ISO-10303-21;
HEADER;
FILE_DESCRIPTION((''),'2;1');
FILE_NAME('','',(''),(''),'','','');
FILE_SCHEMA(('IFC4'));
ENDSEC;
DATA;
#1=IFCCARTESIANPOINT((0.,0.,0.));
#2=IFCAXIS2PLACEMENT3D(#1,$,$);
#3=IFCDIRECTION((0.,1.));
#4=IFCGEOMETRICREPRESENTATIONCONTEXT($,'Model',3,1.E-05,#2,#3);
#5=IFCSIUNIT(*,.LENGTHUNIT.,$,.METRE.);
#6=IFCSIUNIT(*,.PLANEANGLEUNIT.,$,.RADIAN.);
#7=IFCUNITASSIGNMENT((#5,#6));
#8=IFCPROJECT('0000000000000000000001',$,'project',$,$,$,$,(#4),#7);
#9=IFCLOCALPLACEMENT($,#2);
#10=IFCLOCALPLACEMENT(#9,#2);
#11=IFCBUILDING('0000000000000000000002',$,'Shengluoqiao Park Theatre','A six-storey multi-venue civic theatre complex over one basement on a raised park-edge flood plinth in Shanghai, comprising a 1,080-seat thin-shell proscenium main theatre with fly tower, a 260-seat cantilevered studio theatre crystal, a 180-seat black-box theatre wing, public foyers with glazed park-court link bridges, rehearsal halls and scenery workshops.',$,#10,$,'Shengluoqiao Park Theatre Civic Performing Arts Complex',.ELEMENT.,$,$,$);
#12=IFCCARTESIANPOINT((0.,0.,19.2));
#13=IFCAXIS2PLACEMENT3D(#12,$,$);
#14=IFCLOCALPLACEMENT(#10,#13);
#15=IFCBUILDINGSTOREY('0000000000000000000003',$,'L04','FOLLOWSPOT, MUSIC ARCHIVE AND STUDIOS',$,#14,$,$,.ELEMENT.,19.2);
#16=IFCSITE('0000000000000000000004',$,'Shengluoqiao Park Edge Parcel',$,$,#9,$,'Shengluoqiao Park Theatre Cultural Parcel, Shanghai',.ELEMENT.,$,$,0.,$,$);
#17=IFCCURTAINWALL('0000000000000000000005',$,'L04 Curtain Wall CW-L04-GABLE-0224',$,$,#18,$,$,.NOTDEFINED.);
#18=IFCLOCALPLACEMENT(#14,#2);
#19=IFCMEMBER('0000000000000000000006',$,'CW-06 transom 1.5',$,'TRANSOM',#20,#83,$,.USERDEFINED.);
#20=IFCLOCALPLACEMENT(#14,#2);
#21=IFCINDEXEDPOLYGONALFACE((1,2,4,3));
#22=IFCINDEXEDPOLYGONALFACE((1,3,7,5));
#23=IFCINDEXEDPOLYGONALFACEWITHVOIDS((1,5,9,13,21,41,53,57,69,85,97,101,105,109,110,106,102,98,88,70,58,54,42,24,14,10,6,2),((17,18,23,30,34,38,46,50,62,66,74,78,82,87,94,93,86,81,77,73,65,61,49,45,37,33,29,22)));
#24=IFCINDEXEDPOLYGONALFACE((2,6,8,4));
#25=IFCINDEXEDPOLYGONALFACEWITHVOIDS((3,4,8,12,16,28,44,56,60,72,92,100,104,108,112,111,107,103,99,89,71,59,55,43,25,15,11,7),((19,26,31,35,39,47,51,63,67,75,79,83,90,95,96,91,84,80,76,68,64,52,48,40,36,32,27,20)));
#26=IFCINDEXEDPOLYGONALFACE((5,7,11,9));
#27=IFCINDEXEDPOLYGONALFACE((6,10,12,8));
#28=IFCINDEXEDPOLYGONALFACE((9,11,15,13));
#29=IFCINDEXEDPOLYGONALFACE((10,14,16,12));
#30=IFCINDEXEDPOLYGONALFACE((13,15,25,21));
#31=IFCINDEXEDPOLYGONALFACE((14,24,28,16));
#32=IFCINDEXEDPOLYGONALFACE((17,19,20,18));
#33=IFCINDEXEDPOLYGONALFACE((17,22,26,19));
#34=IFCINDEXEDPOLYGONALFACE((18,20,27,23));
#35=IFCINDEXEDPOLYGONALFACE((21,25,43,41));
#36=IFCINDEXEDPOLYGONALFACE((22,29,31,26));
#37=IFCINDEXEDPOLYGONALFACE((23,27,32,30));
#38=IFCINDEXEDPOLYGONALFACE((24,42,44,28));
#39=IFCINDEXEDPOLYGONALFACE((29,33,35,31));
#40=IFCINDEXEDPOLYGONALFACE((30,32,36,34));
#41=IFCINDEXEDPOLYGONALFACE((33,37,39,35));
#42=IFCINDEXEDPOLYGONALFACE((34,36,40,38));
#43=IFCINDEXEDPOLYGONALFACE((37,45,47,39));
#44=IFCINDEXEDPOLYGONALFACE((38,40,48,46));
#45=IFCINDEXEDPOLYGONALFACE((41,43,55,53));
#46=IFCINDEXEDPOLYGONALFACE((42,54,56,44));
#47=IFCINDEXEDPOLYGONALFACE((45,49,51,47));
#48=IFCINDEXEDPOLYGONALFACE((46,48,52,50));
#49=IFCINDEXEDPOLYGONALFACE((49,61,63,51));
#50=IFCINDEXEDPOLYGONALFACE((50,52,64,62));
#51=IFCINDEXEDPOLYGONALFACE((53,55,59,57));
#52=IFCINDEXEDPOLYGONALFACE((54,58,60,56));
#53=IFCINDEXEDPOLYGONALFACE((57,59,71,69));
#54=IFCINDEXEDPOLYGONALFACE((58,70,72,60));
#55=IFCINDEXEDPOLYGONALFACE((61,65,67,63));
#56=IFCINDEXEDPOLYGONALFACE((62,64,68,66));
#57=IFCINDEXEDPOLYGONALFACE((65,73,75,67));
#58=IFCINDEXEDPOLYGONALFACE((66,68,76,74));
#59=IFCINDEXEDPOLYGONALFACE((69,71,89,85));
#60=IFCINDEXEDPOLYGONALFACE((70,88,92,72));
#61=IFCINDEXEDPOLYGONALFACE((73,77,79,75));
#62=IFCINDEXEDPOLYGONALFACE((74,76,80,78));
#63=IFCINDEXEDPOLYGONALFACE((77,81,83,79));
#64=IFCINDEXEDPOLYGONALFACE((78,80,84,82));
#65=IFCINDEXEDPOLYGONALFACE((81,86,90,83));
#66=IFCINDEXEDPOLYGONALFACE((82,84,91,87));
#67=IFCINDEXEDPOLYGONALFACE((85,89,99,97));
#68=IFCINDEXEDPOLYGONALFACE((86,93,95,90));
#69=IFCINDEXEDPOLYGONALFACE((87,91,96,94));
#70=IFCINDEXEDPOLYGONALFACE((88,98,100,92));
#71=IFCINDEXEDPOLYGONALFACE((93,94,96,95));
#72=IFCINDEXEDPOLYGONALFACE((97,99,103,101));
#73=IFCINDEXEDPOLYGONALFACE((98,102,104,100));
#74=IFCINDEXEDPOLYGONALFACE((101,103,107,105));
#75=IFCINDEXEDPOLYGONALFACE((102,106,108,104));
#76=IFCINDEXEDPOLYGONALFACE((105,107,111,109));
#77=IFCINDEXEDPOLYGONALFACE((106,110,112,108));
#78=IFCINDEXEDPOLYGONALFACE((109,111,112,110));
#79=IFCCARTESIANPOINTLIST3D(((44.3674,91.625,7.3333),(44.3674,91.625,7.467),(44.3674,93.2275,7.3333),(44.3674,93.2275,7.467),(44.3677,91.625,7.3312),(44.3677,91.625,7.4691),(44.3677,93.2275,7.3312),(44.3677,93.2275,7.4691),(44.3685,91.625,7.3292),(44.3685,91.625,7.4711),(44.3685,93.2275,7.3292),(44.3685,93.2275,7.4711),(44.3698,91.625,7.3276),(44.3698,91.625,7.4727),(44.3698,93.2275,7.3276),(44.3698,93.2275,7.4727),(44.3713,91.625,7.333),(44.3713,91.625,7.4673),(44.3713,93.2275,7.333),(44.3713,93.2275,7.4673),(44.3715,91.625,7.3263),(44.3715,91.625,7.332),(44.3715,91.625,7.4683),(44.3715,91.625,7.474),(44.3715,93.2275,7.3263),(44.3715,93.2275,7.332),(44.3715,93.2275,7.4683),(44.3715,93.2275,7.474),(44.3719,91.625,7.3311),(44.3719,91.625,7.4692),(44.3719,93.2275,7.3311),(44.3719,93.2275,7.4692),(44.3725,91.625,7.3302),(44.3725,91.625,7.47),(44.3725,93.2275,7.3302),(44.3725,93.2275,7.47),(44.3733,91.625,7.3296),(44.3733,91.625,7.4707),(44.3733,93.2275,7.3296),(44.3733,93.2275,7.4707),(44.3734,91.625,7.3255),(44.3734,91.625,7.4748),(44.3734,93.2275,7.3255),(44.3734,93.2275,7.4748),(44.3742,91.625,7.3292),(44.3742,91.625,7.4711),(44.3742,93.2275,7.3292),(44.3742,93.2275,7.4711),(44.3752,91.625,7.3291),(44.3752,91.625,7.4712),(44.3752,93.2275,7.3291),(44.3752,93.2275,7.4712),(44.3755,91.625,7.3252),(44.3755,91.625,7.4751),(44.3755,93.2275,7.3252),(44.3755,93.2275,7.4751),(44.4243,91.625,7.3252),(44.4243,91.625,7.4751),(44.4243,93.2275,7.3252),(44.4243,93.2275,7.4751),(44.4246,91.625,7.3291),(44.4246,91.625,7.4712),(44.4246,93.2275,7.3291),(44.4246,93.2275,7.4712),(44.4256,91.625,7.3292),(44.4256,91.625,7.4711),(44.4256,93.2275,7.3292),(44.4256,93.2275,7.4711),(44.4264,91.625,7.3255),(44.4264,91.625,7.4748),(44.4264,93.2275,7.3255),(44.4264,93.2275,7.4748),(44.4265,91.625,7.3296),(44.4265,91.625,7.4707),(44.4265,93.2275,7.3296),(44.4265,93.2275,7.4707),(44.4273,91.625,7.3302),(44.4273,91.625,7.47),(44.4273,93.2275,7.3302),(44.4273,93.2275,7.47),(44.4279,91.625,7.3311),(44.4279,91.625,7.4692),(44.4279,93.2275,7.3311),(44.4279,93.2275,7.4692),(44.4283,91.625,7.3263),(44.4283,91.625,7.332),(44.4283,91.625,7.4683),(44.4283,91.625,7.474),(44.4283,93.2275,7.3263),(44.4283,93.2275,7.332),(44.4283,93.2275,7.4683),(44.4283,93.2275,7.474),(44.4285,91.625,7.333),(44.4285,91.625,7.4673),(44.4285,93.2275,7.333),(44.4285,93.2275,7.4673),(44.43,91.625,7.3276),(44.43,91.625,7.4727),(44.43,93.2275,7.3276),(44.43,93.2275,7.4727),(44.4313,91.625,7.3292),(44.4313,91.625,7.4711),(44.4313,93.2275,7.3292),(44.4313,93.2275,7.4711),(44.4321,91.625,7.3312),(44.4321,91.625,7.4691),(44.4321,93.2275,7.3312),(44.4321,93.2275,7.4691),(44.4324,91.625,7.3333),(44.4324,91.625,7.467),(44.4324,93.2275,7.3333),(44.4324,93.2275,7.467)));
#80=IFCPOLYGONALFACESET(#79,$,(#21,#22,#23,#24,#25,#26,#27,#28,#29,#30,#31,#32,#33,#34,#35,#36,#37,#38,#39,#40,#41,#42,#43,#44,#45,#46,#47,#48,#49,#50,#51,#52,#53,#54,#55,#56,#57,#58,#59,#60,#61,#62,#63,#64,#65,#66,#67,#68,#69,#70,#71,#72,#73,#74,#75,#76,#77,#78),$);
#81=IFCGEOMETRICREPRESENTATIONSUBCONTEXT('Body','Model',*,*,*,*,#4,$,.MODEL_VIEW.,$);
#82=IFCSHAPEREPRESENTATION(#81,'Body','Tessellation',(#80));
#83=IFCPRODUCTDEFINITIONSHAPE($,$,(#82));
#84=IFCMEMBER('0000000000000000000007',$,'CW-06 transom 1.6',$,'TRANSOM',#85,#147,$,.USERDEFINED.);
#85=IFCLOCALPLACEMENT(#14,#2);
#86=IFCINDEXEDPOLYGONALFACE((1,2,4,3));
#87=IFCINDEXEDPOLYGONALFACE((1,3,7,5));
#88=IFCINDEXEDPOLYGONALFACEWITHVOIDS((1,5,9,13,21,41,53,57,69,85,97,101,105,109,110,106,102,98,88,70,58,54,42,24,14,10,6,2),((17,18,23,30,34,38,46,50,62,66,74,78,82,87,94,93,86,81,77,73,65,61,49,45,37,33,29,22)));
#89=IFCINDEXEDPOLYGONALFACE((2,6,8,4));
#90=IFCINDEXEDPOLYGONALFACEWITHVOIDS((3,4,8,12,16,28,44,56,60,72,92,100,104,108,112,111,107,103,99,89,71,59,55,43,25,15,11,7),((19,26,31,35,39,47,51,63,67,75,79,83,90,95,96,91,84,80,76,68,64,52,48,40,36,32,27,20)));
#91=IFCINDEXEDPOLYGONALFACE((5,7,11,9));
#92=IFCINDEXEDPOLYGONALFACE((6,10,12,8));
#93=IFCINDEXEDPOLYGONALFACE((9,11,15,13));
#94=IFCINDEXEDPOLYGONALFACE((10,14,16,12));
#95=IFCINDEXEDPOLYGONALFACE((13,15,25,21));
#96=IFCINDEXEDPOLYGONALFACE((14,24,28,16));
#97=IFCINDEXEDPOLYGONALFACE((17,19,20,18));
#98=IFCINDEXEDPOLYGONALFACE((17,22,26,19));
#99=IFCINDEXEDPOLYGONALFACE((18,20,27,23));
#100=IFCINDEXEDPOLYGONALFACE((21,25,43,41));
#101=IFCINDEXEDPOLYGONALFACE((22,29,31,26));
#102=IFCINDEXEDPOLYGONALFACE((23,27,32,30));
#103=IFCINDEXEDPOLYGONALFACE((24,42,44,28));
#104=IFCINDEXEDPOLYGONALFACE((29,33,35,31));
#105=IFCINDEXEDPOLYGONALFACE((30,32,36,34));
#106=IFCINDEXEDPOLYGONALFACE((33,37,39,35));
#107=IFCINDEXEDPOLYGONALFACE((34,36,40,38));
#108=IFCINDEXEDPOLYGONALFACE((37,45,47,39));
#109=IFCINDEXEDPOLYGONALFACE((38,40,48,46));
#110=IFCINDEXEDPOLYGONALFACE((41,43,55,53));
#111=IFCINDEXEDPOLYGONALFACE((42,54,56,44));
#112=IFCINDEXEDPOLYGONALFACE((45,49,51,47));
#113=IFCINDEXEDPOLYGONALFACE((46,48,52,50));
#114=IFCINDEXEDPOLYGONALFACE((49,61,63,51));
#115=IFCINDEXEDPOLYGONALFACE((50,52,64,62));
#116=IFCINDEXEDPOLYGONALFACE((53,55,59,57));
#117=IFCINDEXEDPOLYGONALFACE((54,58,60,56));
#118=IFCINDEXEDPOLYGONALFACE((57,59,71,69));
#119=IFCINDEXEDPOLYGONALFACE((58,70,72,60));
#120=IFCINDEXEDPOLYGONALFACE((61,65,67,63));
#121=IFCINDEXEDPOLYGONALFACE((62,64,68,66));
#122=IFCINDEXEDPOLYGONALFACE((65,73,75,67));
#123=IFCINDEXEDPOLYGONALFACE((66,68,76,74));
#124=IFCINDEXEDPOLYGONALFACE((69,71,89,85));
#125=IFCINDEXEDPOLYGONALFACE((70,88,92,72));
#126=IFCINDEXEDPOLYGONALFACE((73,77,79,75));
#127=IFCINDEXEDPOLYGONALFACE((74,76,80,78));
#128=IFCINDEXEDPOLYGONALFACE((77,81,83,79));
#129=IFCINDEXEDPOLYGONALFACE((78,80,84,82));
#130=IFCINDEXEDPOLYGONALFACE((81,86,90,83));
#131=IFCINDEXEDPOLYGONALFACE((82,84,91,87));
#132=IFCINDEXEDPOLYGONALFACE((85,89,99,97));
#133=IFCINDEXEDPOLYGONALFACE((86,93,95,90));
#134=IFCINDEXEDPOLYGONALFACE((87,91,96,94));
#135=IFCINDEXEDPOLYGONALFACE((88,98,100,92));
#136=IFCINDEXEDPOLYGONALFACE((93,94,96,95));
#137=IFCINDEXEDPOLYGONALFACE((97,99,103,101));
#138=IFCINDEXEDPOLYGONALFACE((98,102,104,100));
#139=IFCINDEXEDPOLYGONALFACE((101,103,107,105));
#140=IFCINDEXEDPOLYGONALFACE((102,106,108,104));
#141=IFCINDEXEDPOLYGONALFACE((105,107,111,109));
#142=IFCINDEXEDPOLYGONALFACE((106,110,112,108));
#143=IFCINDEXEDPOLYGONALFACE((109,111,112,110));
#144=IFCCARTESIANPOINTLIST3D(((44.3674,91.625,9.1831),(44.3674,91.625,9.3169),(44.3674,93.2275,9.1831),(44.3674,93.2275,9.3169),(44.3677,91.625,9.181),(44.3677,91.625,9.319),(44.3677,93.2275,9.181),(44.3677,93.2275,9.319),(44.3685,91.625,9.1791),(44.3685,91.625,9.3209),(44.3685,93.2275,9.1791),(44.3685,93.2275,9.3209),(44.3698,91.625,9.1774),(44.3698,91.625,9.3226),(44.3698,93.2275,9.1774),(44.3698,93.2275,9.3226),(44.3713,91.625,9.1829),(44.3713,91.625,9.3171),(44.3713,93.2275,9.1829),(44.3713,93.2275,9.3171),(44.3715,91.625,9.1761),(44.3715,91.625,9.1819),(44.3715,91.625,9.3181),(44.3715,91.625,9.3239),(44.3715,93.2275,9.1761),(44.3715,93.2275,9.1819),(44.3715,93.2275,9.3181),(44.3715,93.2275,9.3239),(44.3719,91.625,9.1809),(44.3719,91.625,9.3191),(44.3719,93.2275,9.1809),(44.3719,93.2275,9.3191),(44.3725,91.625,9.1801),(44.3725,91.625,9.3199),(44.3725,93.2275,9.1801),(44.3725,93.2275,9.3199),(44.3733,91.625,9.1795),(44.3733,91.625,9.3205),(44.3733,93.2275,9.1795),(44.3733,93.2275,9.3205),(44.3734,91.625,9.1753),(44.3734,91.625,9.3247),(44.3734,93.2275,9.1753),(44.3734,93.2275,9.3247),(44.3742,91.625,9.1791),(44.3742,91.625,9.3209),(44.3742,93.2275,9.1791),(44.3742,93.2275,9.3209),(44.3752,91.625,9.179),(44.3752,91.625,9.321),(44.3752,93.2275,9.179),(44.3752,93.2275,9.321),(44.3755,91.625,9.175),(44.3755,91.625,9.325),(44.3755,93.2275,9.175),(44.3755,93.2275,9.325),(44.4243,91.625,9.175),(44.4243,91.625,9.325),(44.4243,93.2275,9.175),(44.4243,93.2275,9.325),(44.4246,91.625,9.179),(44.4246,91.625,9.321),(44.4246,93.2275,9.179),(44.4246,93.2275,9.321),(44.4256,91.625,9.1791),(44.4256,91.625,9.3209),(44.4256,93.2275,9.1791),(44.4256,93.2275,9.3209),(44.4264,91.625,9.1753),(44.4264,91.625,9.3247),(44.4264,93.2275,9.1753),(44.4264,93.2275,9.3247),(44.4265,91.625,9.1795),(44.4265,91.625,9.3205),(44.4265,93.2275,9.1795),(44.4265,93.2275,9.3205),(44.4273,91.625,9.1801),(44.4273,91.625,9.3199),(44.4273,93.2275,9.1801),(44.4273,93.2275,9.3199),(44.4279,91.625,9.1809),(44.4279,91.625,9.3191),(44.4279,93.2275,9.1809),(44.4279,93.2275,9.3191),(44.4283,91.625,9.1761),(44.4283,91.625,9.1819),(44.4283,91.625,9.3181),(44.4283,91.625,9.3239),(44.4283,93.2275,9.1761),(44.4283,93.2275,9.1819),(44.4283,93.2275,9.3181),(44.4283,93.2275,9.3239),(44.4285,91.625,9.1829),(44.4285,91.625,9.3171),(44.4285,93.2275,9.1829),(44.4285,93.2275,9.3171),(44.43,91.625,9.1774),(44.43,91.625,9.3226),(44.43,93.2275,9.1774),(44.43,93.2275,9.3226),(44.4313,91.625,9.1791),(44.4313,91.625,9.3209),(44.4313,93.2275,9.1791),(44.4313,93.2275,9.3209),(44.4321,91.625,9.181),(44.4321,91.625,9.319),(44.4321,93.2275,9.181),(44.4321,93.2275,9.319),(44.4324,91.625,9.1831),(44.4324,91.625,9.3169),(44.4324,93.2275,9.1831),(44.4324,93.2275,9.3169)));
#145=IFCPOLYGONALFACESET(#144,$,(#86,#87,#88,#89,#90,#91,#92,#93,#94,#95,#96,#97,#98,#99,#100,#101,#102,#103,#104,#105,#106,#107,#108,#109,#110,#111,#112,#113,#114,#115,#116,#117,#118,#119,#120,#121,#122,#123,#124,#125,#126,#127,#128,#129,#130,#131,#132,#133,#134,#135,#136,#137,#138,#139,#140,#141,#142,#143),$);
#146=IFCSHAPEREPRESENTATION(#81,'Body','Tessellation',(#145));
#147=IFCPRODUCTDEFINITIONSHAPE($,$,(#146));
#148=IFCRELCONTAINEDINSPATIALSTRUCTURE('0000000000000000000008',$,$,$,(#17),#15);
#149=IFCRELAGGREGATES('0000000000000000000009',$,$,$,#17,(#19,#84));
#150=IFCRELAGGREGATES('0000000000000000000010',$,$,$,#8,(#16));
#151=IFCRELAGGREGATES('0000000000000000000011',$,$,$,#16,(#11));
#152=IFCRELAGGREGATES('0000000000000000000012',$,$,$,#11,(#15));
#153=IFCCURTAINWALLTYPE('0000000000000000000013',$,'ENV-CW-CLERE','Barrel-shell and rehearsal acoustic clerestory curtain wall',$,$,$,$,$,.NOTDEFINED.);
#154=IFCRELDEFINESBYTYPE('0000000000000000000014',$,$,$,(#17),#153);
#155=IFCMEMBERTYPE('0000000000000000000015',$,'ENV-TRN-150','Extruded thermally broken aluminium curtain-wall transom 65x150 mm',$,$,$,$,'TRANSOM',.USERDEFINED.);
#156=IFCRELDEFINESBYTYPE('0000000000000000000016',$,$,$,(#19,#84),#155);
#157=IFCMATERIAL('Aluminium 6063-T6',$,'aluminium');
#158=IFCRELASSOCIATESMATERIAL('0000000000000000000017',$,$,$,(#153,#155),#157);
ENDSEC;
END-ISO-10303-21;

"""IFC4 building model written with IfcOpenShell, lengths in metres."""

from ifc_helpers import new_model, si_unit, direction, frame, origin, origin_2d, place, context, subcontext, project, spatial, hollow_rectangle, extrude, material, material_profile, profile_set, type_object, element, aggregate, save


model = new_model("IFC4")

# Units and contexts
model_context = context("Model", 3, precision=1e-05, world=origin(), true_north=direction((0.0, 1.0)))
body_context = subcontext(model_context, "Body", "Model", "MODEL_VIEW")
ifc_project = project(units=[si_unit("LENGTHUNIT", "METRE"), si_unit("PLANEANGLEUNIT", "RADIAN")], contexts=[model_context])

# Site, building, storey
site_placement = place(None, origin())
site = spatial("IfcSite", under=ifc_project, at=site_placement, Name="Shengluoqiao Park Edge Parcel", LongName="Shengluoqiao Park Theatre Cultural Parcel, Shanghai", CompositionType="ELEMENT", RefElevation=0.0)
building_placement = place(site_placement, origin())
building = spatial("IfcBuilding", under=site, at=building_placement, Name="Shengluoqiao Park Theatre", Description="A six-storey multi-venue civic theatre complex over one basement on a raised park-edge flood plinth in Shanghai, comprising a 1,080-seat thin-shell proscenium main theatre with fly tower, a 260-seat cantilevered studio theatre crystal, a 180-seat black-box theatre wing, public foyers with glazed park-court link bridges, rehearsal halls and scenery workshops.", LongName="Shengluoqiao Park Theatre Civic Performing Arts Complex", CompositionType="ELEMENT")
storey_placement = place(building_placement, frame((0.0, 0.0, 19.2)))
storey = spatial("IfcBuildingStorey", under=building, at=storey_placement, Name="L04", Description="FOLLOWSPOT, MUSIC ARCHIVE AND STUDIOS", CompositionType="ELEMENT", Elevation=19.2)

# Curtain wall, members
ifc_material_1 = material(Name="Aluminium 6063-T6", Category="aluminium")
curtain_wall_type = type_object("IfcCurtainWallType", Name="ENV-CW-CLERE", Description="Barrel-shell and rehearsal acoustic clerestory curtain wall", PredefinedType="NOTDEFINED", material=ifc_material_1)
curtain_wall_1_placement = place(storey_placement, origin())
curtain_wall_1 = element("IfcCurtainWall", 1, at=curtain_wall_1_placement, inside=storey, type_object=curtain_wall_type, Name="L04 Curtain Wall CW-L04-GABLE-0224", PredefinedType="NOTDEFINED")
ifc_material_profile = material_profile(ifc_material_1, hollow_rectangle(XDim=0.0649, YDim=0.1499, WallThickness=0.0039, InnerFilletRadius=0.0039, OuterFilletRadius=0.0081, at=origin_2d()), Name="ALU TRANSOM 150x65x4")
ifc_profile_set = profile_set([ifc_material_profile], Name="Aluminium 6063-T6")
member_type = type_object("IfcMemberType", Name="ENV-TRN-150", Description="Extruded thermally broken aluminium curtain-wall transom 65x150 mm", ElementType="TRANSOM", PredefinedType="USERDEFINED", material=ifc_profile_set)
member_1_placement = place(storey_placement, frame((44.3999, 91.625, 7.4001), z_axis=(0.0, 1.0, 0.0), x_axis=(-1.0, 0.0, 0.0)))
member_1 = element("IfcMember", 2, at=member_1_placement, type_object=member_type, Name="CW-06 transom 1.5", ObjectType="TRANSOM", PredefinedType="USERDEFINED", context=body_context, shape_type="SweptSolid", body=[
    extrude(hollow_rectangle(XDim=0.0649, YDim=0.1499, WallThickness=0.0039, InnerFilletRadius=0.0039, OuterFilletRadius=0.0081, at=origin_2d()), origin(), (0.0, 0.0, 1.0), 1.6025),
])
member_2_placement = place(storey_placement, frame((44.3999, 91.625, 9.25), z_axis=(0.0, 1.0, 0.0), x_axis=(-1.0, 0.0, 0.0)))
member_2 = element("IfcMember", 3, at=member_2_placement, type_object=member_type, Name="CW-06 transom 1.6", ObjectType="TRANSOM", PredefinedType="USERDEFINED", context=body_context, shape_type="SweptSolid", body=[
    extrude(hollow_rectangle(XDim=0.0649, YDim=0.1499, WallThickness=0.0039, InnerFilletRadius=0.0039, OuterFilletRadius=0.0081, at=origin_2d()), origin(), (0.0, 0.0, 1.0), 1.6025),
])

aggregate(curtain_wall_1, [member_1, member_2])

save(model, "model.ifc")
